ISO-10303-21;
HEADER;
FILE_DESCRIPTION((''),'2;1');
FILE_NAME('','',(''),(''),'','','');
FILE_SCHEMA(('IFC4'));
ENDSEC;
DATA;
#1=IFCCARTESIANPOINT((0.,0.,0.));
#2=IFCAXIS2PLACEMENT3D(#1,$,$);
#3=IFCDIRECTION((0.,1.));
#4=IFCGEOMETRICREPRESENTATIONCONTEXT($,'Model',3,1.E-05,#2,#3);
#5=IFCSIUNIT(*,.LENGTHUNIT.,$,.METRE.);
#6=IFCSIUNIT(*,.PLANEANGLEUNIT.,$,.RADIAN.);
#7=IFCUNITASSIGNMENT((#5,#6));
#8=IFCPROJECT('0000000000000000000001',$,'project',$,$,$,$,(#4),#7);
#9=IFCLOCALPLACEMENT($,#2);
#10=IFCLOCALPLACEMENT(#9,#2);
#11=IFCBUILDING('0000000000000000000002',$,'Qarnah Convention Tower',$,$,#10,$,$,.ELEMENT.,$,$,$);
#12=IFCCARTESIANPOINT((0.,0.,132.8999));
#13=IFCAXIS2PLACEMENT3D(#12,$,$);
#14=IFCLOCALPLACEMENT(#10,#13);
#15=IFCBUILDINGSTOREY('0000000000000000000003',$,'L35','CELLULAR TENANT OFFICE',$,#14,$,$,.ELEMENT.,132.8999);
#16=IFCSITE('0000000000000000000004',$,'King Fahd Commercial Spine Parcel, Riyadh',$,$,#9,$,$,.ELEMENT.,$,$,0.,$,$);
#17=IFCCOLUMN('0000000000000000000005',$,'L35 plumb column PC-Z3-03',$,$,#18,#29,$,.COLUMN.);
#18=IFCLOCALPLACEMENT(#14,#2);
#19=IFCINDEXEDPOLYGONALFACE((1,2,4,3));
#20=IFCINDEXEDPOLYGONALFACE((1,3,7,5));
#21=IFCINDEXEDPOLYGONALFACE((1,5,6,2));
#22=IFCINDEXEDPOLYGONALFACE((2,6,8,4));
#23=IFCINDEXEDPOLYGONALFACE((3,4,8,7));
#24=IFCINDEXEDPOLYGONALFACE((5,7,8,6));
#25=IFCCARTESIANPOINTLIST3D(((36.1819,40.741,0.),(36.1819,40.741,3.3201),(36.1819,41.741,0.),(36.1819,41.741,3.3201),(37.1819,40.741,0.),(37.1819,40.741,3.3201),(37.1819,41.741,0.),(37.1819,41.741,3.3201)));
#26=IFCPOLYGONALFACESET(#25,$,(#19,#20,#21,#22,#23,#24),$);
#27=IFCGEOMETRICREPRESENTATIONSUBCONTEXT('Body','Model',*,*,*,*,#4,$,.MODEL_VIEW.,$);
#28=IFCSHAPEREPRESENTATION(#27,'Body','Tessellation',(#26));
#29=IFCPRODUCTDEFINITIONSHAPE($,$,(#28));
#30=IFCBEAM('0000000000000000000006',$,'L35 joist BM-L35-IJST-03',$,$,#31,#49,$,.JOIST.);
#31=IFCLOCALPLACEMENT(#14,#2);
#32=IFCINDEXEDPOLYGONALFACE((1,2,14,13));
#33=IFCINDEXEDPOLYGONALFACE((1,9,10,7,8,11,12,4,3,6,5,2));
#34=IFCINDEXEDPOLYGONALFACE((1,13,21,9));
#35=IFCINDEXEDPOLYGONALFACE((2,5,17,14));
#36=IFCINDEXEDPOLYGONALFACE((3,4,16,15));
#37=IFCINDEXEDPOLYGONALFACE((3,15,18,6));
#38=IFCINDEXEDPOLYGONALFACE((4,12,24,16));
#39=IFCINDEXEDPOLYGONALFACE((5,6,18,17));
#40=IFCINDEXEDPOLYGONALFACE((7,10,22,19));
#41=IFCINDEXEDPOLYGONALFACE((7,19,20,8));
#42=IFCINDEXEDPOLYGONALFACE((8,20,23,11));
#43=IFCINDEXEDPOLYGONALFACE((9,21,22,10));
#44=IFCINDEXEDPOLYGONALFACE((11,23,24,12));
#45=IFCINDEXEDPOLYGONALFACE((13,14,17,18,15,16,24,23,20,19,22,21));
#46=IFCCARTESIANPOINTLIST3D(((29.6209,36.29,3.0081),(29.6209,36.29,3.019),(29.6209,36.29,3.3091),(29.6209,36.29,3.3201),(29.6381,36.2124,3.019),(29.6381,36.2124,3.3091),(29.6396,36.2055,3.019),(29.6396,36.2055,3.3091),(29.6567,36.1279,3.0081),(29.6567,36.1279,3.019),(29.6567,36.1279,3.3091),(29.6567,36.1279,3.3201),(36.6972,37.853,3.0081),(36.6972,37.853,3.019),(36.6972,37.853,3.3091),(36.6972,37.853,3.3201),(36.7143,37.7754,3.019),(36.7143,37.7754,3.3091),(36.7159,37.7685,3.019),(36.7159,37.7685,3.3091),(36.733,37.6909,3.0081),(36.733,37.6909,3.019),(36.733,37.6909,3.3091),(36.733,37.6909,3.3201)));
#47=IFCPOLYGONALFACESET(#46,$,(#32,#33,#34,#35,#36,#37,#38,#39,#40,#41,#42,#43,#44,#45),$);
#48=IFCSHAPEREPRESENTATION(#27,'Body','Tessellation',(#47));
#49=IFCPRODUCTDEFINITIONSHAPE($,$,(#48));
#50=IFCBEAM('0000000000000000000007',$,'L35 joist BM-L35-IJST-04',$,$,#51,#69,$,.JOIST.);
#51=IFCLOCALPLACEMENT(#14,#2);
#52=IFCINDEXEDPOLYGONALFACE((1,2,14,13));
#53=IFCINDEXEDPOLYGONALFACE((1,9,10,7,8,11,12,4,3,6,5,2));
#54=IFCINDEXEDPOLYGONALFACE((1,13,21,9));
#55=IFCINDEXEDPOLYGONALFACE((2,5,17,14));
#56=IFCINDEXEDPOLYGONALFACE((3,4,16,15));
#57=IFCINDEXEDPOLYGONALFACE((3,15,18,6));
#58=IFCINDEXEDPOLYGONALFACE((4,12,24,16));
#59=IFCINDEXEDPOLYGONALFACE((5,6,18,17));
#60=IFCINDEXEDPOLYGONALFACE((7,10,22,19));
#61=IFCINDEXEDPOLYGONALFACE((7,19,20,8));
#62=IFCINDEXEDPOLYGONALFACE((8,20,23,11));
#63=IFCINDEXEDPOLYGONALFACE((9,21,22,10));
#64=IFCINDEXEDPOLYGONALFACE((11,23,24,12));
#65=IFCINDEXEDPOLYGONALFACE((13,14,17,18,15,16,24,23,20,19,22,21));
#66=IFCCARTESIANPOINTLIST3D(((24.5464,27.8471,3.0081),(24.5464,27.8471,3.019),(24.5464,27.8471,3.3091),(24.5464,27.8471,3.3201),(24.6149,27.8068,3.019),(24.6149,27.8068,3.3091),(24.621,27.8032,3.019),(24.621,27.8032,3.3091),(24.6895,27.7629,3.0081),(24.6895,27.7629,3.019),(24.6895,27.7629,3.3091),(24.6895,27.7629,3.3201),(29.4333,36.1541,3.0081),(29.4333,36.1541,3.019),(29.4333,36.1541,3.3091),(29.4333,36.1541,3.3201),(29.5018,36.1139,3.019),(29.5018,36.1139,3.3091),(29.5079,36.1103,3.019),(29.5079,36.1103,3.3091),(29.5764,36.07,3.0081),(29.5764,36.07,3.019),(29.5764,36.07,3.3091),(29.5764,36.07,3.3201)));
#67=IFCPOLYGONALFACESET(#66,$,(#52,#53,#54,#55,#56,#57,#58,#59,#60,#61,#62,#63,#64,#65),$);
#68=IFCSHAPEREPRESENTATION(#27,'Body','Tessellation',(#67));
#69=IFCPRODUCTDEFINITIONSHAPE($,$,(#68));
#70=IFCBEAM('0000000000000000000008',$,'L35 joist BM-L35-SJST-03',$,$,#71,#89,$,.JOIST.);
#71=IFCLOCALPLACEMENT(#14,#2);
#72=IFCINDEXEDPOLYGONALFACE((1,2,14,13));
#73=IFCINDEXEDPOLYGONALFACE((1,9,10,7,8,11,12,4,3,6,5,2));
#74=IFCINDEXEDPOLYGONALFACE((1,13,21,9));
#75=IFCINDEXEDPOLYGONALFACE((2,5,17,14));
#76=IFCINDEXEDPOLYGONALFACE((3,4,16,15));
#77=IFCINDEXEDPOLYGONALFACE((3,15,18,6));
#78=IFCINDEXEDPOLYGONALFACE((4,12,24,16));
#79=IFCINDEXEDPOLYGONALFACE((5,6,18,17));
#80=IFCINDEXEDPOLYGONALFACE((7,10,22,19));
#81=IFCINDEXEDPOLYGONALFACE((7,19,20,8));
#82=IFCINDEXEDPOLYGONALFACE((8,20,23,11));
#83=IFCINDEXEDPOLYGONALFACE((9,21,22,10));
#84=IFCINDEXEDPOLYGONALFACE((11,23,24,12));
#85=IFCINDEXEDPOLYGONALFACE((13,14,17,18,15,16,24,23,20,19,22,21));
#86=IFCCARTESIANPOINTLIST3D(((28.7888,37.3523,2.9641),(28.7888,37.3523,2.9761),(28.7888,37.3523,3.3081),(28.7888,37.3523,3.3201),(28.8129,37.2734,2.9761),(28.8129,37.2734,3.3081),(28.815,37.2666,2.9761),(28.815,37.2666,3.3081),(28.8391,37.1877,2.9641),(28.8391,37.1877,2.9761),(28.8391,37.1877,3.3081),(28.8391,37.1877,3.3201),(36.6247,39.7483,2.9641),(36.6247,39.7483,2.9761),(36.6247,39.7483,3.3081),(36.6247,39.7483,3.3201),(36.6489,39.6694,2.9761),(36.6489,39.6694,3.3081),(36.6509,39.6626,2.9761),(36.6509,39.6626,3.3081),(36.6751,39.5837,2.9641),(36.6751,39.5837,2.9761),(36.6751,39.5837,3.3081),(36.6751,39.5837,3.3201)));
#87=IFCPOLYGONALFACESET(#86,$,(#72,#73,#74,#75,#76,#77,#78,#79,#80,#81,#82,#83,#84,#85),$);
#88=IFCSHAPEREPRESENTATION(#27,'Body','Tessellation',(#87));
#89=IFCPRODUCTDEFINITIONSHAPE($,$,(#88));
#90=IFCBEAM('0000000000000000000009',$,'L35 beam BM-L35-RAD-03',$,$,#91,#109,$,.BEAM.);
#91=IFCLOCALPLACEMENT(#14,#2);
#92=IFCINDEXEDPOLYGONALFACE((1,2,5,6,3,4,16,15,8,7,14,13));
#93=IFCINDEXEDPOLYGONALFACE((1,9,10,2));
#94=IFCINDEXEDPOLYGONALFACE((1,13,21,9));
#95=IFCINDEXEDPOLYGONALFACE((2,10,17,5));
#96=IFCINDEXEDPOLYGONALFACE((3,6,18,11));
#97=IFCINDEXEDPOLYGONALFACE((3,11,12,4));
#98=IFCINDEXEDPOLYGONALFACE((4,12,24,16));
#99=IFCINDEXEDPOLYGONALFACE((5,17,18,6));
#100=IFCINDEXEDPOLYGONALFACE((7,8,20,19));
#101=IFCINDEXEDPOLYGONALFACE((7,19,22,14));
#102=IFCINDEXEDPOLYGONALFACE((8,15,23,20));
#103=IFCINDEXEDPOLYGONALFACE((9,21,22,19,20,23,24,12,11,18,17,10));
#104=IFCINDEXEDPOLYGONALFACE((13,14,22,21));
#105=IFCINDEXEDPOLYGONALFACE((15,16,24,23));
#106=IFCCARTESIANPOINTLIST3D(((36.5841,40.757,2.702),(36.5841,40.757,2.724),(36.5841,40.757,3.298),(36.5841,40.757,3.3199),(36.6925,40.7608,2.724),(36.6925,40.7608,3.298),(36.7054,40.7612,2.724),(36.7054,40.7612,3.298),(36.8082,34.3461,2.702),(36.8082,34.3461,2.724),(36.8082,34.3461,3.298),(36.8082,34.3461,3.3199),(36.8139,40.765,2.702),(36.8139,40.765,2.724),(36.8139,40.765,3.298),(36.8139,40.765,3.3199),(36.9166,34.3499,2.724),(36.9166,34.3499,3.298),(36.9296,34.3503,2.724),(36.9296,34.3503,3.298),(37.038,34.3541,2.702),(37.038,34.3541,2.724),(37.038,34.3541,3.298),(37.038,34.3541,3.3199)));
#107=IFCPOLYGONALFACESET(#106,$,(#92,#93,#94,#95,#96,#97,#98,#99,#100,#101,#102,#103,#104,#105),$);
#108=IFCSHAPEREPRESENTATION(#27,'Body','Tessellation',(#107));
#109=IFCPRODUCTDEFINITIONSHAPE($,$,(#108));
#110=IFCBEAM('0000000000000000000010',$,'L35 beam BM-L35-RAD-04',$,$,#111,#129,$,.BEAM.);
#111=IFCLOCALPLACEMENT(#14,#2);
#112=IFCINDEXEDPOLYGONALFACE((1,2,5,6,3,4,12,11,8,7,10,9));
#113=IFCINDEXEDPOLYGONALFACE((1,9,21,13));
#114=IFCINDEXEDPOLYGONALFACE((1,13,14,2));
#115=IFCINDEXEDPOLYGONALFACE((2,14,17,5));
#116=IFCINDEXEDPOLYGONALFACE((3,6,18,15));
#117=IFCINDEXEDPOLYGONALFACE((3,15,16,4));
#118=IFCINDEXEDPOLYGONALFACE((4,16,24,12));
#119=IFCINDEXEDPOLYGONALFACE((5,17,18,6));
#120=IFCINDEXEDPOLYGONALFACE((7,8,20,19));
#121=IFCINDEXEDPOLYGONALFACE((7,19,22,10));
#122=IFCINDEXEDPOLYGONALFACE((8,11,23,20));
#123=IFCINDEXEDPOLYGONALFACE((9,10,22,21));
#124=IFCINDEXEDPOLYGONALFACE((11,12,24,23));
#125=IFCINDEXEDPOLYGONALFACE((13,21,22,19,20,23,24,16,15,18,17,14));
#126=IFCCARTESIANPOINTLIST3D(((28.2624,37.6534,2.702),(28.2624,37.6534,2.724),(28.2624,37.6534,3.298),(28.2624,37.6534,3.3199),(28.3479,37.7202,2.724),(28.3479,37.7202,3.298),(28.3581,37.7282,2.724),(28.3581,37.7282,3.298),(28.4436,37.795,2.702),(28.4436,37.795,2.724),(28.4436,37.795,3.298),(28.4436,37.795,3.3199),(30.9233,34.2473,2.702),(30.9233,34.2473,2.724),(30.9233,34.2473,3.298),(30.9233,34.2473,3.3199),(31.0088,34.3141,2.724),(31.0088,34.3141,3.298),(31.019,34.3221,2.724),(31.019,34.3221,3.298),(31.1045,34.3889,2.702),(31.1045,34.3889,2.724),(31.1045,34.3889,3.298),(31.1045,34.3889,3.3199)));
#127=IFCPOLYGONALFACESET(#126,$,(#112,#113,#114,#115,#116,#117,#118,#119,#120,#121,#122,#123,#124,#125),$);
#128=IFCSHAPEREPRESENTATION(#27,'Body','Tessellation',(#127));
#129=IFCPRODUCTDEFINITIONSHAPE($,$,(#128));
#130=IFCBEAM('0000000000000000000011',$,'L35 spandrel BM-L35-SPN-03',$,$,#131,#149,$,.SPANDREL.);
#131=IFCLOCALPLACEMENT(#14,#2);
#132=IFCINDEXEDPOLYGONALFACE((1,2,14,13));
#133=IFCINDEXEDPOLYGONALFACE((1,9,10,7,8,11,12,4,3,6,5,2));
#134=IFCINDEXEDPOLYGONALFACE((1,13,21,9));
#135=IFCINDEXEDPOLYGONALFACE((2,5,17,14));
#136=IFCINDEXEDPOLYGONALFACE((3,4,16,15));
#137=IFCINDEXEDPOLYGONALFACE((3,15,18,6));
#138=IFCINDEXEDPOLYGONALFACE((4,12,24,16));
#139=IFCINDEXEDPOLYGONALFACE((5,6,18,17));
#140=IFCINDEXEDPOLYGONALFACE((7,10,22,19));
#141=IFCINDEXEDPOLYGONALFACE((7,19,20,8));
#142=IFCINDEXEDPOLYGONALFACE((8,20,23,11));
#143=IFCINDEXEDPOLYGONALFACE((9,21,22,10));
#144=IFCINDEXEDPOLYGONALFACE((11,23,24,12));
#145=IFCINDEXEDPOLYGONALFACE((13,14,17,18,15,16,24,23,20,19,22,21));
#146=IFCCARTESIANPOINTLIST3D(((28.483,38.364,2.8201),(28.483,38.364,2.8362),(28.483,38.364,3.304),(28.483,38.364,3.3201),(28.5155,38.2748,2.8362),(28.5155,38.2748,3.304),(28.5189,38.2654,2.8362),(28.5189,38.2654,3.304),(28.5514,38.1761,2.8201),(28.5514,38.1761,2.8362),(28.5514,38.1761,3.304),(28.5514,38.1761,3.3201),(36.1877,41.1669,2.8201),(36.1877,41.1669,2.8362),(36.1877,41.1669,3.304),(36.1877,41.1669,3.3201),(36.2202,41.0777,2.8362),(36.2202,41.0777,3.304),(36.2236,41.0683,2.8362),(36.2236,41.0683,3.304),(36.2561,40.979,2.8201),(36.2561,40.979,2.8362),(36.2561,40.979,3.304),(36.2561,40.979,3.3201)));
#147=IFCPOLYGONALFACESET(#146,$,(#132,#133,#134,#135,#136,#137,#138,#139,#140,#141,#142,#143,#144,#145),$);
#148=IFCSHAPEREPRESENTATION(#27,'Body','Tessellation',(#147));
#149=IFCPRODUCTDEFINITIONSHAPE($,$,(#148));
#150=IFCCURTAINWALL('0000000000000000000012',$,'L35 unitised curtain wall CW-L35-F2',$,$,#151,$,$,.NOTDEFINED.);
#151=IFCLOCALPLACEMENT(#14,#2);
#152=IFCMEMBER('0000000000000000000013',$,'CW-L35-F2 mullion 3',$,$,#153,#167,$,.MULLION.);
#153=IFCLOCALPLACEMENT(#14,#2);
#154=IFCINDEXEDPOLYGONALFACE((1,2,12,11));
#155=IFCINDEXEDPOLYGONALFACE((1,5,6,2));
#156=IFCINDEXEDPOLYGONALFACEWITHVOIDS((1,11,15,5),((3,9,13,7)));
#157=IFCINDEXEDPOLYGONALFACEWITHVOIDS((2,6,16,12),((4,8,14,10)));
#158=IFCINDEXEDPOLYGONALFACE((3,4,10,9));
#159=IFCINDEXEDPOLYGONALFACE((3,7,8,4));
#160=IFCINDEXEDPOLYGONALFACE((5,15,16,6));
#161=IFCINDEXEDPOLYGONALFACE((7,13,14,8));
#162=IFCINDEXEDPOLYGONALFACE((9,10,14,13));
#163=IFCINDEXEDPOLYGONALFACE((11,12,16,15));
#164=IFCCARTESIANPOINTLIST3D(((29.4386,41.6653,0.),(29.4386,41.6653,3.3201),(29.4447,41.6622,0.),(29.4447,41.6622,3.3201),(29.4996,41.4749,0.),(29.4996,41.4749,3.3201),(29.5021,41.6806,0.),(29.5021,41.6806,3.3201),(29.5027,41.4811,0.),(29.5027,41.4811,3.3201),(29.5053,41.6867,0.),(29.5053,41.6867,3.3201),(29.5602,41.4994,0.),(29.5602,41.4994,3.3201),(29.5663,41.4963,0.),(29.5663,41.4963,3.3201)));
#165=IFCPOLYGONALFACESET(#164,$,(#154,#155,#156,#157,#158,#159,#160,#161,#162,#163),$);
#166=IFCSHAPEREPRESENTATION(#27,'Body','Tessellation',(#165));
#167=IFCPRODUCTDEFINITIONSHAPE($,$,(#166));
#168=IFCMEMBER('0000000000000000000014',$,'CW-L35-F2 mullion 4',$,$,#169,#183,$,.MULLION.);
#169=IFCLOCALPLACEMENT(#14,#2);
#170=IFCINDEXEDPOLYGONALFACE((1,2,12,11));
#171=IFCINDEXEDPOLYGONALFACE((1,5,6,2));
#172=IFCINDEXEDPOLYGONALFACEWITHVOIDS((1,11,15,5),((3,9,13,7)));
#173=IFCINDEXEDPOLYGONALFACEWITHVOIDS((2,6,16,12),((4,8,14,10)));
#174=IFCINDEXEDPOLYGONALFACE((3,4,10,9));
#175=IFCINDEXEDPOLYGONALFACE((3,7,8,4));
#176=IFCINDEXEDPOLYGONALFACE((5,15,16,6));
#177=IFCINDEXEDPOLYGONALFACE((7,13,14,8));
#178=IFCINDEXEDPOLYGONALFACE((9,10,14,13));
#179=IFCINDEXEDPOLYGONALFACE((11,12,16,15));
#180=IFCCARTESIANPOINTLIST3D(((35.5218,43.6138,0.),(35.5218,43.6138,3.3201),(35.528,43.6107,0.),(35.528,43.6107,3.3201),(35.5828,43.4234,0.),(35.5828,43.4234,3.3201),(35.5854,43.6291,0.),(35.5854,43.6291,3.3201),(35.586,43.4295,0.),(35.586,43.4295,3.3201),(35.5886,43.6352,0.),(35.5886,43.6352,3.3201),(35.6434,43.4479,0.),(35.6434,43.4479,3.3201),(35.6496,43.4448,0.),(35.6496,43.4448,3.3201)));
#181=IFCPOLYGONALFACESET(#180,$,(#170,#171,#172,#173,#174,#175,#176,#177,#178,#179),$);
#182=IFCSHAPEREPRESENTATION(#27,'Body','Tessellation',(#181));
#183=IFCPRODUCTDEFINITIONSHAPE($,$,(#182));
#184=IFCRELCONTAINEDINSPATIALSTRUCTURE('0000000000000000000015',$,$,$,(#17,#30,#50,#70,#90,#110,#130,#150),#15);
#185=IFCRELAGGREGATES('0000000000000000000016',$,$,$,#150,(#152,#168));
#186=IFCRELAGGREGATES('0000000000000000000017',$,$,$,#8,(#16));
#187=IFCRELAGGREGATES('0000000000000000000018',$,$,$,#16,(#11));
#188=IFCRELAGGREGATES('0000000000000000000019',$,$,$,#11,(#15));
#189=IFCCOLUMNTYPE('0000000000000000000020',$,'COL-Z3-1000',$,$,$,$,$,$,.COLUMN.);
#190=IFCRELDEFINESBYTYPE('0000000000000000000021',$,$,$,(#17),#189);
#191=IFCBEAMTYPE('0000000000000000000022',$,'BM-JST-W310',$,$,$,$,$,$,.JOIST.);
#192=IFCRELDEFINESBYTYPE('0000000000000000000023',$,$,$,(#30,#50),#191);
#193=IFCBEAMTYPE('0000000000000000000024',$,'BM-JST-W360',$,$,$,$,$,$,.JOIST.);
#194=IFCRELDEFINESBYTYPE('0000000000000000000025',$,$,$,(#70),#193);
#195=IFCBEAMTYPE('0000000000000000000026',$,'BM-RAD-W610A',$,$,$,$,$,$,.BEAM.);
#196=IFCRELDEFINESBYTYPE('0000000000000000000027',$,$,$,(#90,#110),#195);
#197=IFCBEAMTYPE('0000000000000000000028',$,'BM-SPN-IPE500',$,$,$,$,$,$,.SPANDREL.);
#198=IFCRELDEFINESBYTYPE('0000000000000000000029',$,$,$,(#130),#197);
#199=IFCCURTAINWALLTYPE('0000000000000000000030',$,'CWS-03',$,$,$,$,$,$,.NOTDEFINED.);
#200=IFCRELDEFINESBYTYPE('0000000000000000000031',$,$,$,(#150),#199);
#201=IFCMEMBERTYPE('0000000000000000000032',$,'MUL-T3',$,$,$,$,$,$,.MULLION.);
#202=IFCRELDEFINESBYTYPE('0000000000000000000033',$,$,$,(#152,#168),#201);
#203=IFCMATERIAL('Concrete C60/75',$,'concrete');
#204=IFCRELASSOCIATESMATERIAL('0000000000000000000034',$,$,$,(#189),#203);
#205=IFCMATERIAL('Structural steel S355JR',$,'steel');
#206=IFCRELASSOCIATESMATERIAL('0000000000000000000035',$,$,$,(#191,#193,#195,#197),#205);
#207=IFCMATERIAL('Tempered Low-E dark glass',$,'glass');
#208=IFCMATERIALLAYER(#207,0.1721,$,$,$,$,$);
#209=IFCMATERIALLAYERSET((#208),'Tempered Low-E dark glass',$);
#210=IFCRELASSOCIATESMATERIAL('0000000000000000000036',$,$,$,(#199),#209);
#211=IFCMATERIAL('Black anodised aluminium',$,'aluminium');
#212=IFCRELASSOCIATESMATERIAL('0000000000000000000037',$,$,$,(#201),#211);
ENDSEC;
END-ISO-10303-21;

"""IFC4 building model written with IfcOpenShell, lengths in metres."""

from ifc_helpers import new_model, si_unit, direction, frame, origin, origin_2d, place, context, subcontext, project, spatial, rectangle, hollow_rectangle, i_section, extrude, material, layer, layer_set, material_profile, profile_set, type_object, element, aggregate, save


model = new_model("IFC4")

# Units and contexts
model_context = context("Model", 3, precision=1e-05, world=origin(), true_north=direction((0.0, 1.0)))
body_context = subcontext(model_context, "Body", "Model", "MODEL_VIEW")
ifc_project = project(units=[si_unit("LENGTHUNIT", "METRE"), si_unit("PLANEANGLEUNIT", "RADIAN")], contexts=[model_context])

# Site, building, storey
site_placement = place(None, origin())
site = spatial("IfcSite", under=ifc_project, at=site_placement, Name="King Fahd Commercial Spine Parcel, Riyadh", CompositionType="ELEMENT", RefElevation=0.0)
building_placement = place(site_placement, origin())
building = spatial("IfcBuilding", under=site, at=building_placement, Name="Qarnah Convention Tower", CompositionType="ELEMENT")
storey_placement = place(building_placement, frame((0.0, 0.0, 132.8999)))
storey = spatial("IfcBuildingStorey", under=building, at=storey_placement, Name="L35", Description="CELLULAR TENANT OFFICE", CompositionType="ELEMENT", Elevation=132.8999)

# Column
ifc_material_1 = material(Name="Concrete C60/75", Category="concrete")
ifc_material_profile_1 = material_profile(ifc_material_1, rectangle(XDim=1.0, YDim=1.0, at=origin_2d()), Name="RC-COL-1000X1000")
ifc_profile_set_1 = profile_set([ifc_material_profile_1], Name="Concrete C60/75")
column_type = type_object("IfcColumnType", Name="COL-Z3-1000", PredefinedType="COLUMN", material=ifc_profile_set_1)
column_placement = place(storey_placement, frame((36.6819, 41.241, 0.0), z_axis=(0.0, 0.0, 1.0), x_axis=(1.0, 0.0, 0.0)))
element("IfcColumn", 1, at=column_placement, inside=storey, type_object=column_type, Name="L35 plumb column PC-Z3-03", PredefinedType="COLUMN", context=body_context, shape_type="SweptSolid", body=[
    extrude(rectangle(XDim=1.0, YDim=1.0, at=origin_2d()), origin(), (0.0, 0.0, 1.0), 3.3201),
])

# Beams
ifc_material_2 = material(Name="Structural steel S355JR", Category="steel")
ifc_material_profile_2 = material_profile(ifc_material_2, i_section(OverallWidth=0.166, OverallDepth=0.312, WebThickness=0.0071, FlangeThickness=0.011, at=origin_2d()), Name="W310X45")
ifc_profile_set_2 = profile_set([ifc_material_profile_2], Name="Structural steel S355JR")
beam_type_1 = type_object("IfcBeamType", Name="BM-JST-W310", PredefinedType="JOIST", material=ifc_profile_set_2)
beam_1_placement = place(storey_placement, frame((36.7151, 37.772, 3.1641), z_axis=(-0.976464, -0.215682, 0.0), x_axis=(0.215682, -0.976464, 0.0)))
element("IfcBeam", 2, at=beam_1_placement, inside=storey, type_object=beam_type_1, Name="L35 joist BM-L35-IJST-03", PredefinedType="JOIST", context=body_context, shape_type="SweptSolid", body=[
    extrude(i_section(OverallWidth=0.166, OverallDepth=0.312, WebThickness=0.0071, FlangeThickness=0.011, at=origin_2d()), origin(), (0.0, 0.0, 1.0), 7.2468),
])
beam_2_placement = place(storey_placement, frame((29.5049, 36.1121, 3.1641), z_axis=(-0.507052, -0.861915, 0.0), x_axis=(0.861915, -0.507052, 0.0)))
element("IfcBeam", 3, at=beam_2_placement, inside=storey, type_object=beam_type_1, Name="L35 joist BM-L35-IJST-04", PredefinedType="JOIST", context=body_context, shape_type="SweptSolid", body=[
    extrude(i_section(OverallWidth=0.166, OverallDepth=0.312, WebThickness=0.0071, FlangeThickness=0.011, at=origin_2d()), origin(), (0.0, 0.0, 1.0), 9.6379),
])
ifc_material_profile_3 = material_profile(ifc_material_2, i_section(OverallWidth=0.1721, OverallDepth=0.356, WebThickness=0.0071, FlangeThickness=0.012, at=origin_2d()), Name="W360X51")
ifc_profile_set_3 = profile_set([ifc_material_profile_3], Name="Structural steel S355JR")
beam_type_2 = type_object("IfcBeamType", Name="BM-JST-W360", PredefinedType="JOIST", material=ifc_profile_set_3)
beam_3_placement = place(storey_placement, frame((36.6499, 39.666, 3.1421), z_axis=(-0.956294, -0.292406, 0.0), x_axis=(0.292406, -0.956294, 0.0)))
element("IfcBeam", 4, at=beam_3_placement, inside=storey, type_object=beam_type_2, Name="L35 joist BM-L35-SJST-03", PredefinedType="JOIST", context=body_context, shape_type="SweptSolid", body=[
    extrude(i_section(OverallWidth=0.1721, OverallDepth=0.356, WebThickness=0.0071, FlangeThickness=0.012, at=origin_2d()), origin(), (0.0, 0.0, 1.0), 8.1941),
])
ifc_material_profile_4 = material_profile(ifc_material_2, i_section(OverallWidth=0.23, OverallDepth=0.6179, WebThickness=0.0129, FlangeThickness=0.022, at=origin_2d()), Name="W610X140")
ifc_profile_set_4 = profile_set([ifc_material_profile_4], Name="Structural steel S355JR")
beam_type_3 = type_object("IfcBeamType", Name="BM-RAD-W610A", PredefinedType="BEAM", material=ifc_profile_set_4)
beam_4_placement = place(storey_placement, frame((36.9231, 34.3501, 3.011), z_axis=(-0.034938, 0.999389, 0.0), x_axis=(-0.999389, -0.034938, 0.0)))
element("IfcBeam", 5, at=beam_4_placement, inside=storey, type_object=beam_type_3, Name="L35 beam BM-L35-RAD-03", PredefinedType="BEAM", context=body_context, shape_type="SweptSolid", body=[
    extrude(i_section(OverallWidth=0.23, OverallDepth=0.6179, WebThickness=0.0129, FlangeThickness=0.022, at=origin_2d()), origin(), (0.0, 0.0, 1.0), 6.4148),
])
beam_5_placement = place(storey_placement, frame((31.0139, 34.3181, 3.011), z_axis=(-0.615636, 0.78803, 0.0), x_axis=(-0.78803, -0.615636, 0.0)))
element("IfcBeam", 6, at=beam_5_placement, inside=storey, type_object=beam_type_3, Name="L35 beam BM-L35-RAD-04", PredefinedType="BEAM", context=body_context, shape_type="SweptSolid", body=[
    extrude(i_section(OverallWidth=0.23, OverallDepth=0.6179, WebThickness=0.0129, FlangeThickness=0.022, at=origin_2d()), origin(), (0.0, 0.0, 1.0), 4.3223),
])
ifc_material_profile_5 = material_profile(ifc_material_2, i_section(OverallWidth=0.2, OverallDepth=0.5, WebThickness=0.01, FlangeThickness=0.0161, at=origin_2d()), Name="IPE500")
ifc_profile_set_5 = profile_set([ifc_material_profile_5], Name="Structural steel S355JR")
beam_type_4 = type_object("IfcBeamType", Name="BM-SPN-IPE500", PredefinedType="SPANDREL", material=ifc_profile_set_5)
beam_6_placement = place(storey_placement, frame((36.2219, 41.073, 3.0701), z_axis=(-0.939746, -0.341875, 0.0), x_axis=(0.341875, -0.939746, 0.0)))
element("IfcBeam", 7, at=beam_6_placement, inside=storey, type_object=beam_type_4, Name="L35 spandrel BM-L35-SPN-03", PredefinedType="SPANDREL", context=body_context, shape_type="SweptSolid", body=[
    extrude(i_section(OverallWidth=0.2, OverallDepth=0.5, WebThickness=0.01, FlangeThickness=0.0161, at=origin_2d()), origin(), (0.0, 0.0, 1.0), 8.1987),
])

# Curtain wall, members
ifc_material_3 = material(Name="Tempered Low-E dark glass", Category="glass")
ifc_layer_1 = layer(ifc_material_3, 0.1721)
ifc_layer_set_1 = layer_set([ifc_layer_1], Name="Tempered Low-E dark glass")
curtain_wall_type = type_object("IfcCurtainWallType", Name="CWS-03", PredefinedType="NOTDEFINED", material=ifc_layer_set_1)
curtain_wall_placement = place(storey_placement, origin())
curtain_wall = element("IfcCurtainWall", 8, at=curtain_wall_placement, inside=storey, type_object=curtain_wall_type, Name="L35 unitised curtain wall CW-L35-F2", PredefinedType="NOTDEFINED")
ifc_material_4 = material(Name="Black anodised aluminium", Category="aluminium")
ifc_material_profile_6 = material_profile(ifc_material_4, hollow_rectangle(XDim=0.0701, YDim=0.2, WallThickness=0.0049, at=origin_2d()), Name="MUL-70X200")
ifc_profile_set_6 = profile_set([ifc_material_profile_6], Name="Black anodised aluminium")
member_type = type_object("IfcMemberType", Name="MUL-T3", PredefinedType="MULLION", material=ifc_profile_set_6)
member_1_placement = place(storey_placement, frame((29.5024, 41.5808, 0.0), z_axis=(0.0, 0.0, 1.0), x_axis=(0.952343, 0.305028, 0.0)))
member_1 = element("IfcMember", 9, at=member_1_placement, type_object=member_type, Name="CW-L35-F2 mullion 3", PredefinedType="MULLION", context=body_context, shape_type="SweptSolid", body=[
    extrude(hollow_rectangle(XDim=0.0701, YDim=0.2, WallThickness=0.0049, at=origin_2d()), origin(), (0.0, 0.0, 1.0), 3.3201),
])
member_2_placement = place(storey_placement, frame((35.5857, 43.5293, 0.0), z_axis=(0.0, 0.0, 1.0), x_axis=(0.952343, 0.305028, 0.0)))
member_2 = element("IfcMember", 10, at=member_2_placement, type_object=member_type, Name="CW-L35-F2 mullion 4", PredefinedType="MULLION", context=body_context, shape_type="SweptSolid", body=[
    extrude(hollow_rectangle(XDim=0.0701, YDim=0.2, WallThickness=0.0049, at=origin_2d()), origin(), (0.0, 0.0, 1.0), 3.3201),
])
aggregate(curtain_wall, [member_1, member_2])

save(model, "model.ifc")
